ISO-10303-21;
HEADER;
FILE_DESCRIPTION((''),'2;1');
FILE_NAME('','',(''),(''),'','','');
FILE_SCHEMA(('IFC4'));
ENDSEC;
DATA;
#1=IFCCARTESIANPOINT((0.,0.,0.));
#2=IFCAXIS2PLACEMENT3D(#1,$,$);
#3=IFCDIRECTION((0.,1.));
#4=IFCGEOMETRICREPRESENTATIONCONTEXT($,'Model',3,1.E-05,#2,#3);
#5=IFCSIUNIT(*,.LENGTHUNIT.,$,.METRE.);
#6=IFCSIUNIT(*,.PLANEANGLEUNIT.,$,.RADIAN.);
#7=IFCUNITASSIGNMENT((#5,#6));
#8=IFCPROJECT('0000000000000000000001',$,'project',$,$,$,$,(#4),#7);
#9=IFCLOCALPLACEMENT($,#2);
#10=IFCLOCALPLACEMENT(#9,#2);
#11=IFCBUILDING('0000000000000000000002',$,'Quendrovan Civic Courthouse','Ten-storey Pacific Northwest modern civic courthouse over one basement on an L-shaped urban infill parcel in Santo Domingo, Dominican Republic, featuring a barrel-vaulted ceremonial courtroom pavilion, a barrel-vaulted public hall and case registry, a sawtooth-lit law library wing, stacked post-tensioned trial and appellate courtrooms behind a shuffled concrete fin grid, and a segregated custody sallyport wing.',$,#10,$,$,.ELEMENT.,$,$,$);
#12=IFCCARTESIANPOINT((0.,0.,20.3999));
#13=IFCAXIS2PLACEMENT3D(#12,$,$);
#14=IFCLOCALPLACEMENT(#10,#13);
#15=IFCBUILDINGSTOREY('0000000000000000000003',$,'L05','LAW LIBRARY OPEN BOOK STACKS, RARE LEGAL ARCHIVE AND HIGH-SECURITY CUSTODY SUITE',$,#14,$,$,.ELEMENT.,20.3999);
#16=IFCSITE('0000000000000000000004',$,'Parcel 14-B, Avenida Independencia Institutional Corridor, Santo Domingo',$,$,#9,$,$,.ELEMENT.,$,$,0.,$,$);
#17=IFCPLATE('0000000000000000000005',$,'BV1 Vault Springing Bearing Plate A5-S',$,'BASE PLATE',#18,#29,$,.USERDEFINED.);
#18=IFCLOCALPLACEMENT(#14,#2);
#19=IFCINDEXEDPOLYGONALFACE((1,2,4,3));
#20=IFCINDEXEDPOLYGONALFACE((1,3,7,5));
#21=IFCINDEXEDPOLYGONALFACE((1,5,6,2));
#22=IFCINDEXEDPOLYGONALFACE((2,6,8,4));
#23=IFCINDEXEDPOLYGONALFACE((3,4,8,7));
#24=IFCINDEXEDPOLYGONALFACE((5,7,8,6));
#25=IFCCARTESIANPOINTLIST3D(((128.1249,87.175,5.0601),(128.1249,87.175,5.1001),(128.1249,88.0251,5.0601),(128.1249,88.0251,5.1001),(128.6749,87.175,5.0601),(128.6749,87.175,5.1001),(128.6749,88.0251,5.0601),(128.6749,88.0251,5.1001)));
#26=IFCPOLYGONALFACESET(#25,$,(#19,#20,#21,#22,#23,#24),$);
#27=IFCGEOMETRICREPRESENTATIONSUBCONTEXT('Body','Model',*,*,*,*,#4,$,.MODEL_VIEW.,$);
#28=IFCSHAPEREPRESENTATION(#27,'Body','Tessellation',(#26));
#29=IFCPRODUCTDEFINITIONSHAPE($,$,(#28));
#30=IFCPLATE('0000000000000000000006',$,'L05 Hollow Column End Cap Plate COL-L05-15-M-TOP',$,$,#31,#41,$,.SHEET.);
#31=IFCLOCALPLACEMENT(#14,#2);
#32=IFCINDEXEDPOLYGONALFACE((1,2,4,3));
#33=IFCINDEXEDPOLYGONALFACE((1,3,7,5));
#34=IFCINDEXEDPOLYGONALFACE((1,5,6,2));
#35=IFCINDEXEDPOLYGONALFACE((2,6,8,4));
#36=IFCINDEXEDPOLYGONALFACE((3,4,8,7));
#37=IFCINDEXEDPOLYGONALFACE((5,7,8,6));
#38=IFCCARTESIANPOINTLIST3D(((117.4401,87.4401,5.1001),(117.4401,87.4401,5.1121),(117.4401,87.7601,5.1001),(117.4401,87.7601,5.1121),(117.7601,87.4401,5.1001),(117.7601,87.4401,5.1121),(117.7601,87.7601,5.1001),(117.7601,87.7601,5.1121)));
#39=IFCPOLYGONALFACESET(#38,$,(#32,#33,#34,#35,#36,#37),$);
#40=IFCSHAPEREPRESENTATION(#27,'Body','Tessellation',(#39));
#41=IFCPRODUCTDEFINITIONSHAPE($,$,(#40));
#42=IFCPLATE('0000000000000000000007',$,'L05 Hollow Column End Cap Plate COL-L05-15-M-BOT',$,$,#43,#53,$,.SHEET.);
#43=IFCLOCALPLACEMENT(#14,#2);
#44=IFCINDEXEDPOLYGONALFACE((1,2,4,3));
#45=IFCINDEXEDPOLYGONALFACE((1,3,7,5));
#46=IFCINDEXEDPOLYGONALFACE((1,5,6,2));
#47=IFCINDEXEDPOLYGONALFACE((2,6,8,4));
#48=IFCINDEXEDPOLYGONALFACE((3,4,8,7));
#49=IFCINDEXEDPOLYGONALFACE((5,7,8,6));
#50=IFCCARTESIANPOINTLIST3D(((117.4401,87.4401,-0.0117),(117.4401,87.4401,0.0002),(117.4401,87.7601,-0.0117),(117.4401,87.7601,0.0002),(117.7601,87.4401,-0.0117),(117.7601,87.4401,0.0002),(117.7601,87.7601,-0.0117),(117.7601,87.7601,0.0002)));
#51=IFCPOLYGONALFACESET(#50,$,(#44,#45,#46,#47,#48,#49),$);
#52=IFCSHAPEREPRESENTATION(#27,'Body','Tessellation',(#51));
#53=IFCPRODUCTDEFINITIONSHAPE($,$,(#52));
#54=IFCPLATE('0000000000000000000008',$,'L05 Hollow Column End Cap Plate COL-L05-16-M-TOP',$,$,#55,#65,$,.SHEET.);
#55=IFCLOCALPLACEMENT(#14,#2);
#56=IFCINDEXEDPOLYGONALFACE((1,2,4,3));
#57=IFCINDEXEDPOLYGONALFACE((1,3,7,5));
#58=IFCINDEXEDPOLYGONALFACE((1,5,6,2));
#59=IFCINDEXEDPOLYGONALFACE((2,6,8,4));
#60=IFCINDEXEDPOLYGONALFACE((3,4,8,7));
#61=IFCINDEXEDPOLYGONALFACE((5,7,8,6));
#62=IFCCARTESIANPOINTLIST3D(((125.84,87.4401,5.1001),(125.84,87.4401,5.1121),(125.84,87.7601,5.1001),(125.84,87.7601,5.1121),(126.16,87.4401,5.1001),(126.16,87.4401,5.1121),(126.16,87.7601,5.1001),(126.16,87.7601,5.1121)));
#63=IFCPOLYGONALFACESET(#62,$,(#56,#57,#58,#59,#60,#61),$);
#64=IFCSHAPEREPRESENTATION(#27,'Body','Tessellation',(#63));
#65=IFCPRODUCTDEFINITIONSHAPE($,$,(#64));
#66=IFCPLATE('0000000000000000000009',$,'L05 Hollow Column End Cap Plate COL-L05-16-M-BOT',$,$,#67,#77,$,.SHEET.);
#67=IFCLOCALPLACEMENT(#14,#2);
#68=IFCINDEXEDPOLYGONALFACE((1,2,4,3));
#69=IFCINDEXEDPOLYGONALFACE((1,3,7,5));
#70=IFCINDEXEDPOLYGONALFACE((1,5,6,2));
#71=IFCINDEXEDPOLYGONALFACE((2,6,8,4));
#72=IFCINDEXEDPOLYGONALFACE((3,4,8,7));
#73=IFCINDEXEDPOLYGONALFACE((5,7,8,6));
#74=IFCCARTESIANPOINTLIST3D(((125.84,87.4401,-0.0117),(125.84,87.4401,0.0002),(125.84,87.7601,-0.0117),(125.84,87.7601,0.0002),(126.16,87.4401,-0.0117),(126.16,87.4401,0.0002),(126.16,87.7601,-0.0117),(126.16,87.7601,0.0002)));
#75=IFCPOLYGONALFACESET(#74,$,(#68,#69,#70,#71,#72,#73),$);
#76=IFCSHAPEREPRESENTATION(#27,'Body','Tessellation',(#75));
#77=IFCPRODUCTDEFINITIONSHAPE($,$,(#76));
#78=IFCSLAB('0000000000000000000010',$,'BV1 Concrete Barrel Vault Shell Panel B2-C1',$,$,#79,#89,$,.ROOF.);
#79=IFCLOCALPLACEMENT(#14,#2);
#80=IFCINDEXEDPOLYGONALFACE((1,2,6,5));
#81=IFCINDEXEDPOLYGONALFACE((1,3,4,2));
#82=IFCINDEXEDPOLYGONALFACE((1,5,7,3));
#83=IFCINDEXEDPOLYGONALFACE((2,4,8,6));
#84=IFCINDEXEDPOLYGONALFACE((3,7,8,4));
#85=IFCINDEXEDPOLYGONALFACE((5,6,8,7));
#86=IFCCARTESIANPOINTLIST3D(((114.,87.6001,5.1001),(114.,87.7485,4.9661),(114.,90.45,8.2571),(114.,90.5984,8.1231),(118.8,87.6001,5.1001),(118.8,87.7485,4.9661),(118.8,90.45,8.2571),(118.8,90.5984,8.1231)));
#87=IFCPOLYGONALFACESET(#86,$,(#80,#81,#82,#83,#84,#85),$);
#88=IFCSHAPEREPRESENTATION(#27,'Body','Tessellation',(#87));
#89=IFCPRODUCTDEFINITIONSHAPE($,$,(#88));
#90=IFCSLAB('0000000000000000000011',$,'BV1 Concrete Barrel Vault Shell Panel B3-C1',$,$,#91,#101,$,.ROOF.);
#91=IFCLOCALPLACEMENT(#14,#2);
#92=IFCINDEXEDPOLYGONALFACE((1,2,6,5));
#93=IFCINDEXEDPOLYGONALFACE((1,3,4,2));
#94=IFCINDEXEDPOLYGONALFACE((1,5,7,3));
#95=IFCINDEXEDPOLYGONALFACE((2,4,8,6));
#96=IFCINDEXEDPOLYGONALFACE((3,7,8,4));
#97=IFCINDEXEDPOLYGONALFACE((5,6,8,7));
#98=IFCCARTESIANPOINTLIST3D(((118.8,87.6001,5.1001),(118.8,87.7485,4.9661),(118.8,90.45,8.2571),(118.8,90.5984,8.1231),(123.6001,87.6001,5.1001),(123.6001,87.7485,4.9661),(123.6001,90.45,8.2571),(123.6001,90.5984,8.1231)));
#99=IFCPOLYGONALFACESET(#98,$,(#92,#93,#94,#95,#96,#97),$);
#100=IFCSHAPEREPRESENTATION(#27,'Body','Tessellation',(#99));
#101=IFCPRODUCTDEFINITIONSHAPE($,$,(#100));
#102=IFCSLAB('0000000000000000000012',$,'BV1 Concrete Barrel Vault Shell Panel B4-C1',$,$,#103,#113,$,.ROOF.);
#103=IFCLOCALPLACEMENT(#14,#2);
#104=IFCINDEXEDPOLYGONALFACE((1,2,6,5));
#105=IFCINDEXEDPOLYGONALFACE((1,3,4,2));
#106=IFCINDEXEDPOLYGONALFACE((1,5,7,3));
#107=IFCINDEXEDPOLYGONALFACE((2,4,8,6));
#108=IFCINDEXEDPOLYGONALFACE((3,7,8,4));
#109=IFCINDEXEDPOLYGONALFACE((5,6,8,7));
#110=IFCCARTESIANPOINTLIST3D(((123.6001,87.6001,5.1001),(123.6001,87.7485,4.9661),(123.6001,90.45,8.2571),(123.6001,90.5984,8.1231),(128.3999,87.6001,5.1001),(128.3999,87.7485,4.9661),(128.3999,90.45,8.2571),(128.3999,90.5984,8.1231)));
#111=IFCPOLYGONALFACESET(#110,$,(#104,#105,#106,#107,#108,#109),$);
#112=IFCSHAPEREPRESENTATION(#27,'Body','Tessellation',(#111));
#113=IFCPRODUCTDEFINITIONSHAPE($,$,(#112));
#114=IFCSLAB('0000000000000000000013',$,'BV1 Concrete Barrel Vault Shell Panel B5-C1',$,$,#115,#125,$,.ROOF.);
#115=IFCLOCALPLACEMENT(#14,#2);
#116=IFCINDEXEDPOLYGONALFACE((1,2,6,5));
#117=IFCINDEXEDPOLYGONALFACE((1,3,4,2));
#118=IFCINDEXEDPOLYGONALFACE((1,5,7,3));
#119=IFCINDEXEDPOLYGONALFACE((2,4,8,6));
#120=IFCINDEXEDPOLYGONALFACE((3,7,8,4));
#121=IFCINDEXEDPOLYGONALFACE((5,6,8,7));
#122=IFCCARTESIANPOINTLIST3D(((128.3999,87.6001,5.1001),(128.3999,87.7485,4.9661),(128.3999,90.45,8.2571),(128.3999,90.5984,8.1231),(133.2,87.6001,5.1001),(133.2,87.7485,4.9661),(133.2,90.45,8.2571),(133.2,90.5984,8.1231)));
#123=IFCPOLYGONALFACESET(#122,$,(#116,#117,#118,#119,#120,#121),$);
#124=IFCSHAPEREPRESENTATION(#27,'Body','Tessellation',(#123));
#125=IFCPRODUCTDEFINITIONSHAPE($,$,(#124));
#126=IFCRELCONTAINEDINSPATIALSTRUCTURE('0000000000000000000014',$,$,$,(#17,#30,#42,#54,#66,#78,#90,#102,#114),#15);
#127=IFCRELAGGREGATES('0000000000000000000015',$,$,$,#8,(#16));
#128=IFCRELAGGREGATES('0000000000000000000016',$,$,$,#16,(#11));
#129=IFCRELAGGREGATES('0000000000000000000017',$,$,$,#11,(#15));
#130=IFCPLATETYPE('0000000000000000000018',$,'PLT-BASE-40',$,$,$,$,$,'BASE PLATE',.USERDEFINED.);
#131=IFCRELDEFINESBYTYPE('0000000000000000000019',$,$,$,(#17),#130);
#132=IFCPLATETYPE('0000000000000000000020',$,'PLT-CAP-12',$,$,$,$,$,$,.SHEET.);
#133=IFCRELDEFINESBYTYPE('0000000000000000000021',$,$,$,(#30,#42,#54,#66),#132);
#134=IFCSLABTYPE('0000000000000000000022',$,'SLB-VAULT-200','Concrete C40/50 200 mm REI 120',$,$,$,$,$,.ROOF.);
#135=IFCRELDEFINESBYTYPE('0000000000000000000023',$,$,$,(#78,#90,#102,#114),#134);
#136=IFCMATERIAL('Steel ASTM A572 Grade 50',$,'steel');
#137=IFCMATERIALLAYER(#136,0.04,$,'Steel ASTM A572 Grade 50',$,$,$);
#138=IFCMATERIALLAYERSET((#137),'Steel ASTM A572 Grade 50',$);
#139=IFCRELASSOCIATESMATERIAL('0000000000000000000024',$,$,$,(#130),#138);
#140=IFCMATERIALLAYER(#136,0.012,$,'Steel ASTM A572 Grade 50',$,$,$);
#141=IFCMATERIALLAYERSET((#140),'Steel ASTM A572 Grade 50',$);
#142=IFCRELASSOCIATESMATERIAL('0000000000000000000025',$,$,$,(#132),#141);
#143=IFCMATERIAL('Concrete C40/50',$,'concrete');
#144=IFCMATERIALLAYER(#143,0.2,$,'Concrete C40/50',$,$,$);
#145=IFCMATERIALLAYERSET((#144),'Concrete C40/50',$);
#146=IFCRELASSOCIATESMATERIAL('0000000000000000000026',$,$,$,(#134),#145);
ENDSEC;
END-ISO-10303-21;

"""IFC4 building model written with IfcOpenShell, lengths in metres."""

from ifc_helpers import new_model, si_unit, direction, frame, origin, origin_2d, place, context, subcontext, project, spatial, polyline, rectangle, outline, extrude, material, layer, layer_set, type_object, element, save


model = new_model("IFC4")

# Units and contexts
model_context = context("Model", 3, precision=1e-05, world=origin(), true_north=direction((0.0, 1.0)))
body_context = subcontext(model_context, "Body", "Model", "MODEL_VIEW")
ifc_project = project(units=[si_unit("LENGTHUNIT", "METRE"), si_unit("PLANEANGLEUNIT", "RADIAN")], contexts=[model_context])

# Site, building, storey
site_placement = place(None, origin())
site = spatial("IfcSite", under=ifc_project, at=site_placement, Name="Parcel 14-B, Avenida Independencia Institutional Corridor, Santo Domingo", CompositionType="ELEMENT", RefElevation=0.0)
building_placement = place(site_placement, origin())
building = spatial("IfcBuilding", under=site, at=building_placement, Name="Quendrovan Civic Courthouse", Description="Ten-storey Pacific Northwest modern civic courthouse over one basement on an L-shaped urban infill parcel in Santo Domingo, Dominican Republic, featuring a barrel-vaulted ceremonial courtroom pavilion, a barrel-vaulted public hall and case registry, a sawtooth-lit law library wing, stacked post-tensioned trial and appellate courtrooms behind a shuffled concrete fin grid, and a segregated custody sallyport wing.", CompositionType="ELEMENT")
storey_placement = place(building_placement, frame((0.0, 0.0, 20.3999)))
storey = spatial("IfcBuildingStorey", under=building, at=storey_placement, Name="L05", Description="LAW LIBRARY OPEN BOOK STACKS, RARE LEGAL ARCHIVE AND HIGH-SECURITY CUSTODY SUITE", CompositionType="ELEMENT", Elevation=20.3999)

# Shared definitions
ifc_material_1 = material(Name="Concrete C40/50", Category="concrete")

# Plates
ifc_material_2 = material(Name="Steel ASTM A572 Grade 50", Category="steel")
ifc_layer_1 = layer(ifc_material_2, 0.04, Name="Steel ASTM A572 Grade 50")
ifc_layer_set_1 = layer_set([ifc_layer_1], Name="Steel ASTM A572 Grade 50")
plate_type_1 = type_object("IfcPlateType", Name="PLT-BASE-40", ElementType="BASE PLATE", PredefinedType="USERDEFINED", material=ifc_layer_set_1)
for number, where, z_axis, x_axis, name in (
    (1, (128.3999, 87.6001, 5.0601), (0.0, 0.0, 1.0), (1.0, 0.0, 0.0), "BV1 Vault Springing Bearing Plate A5-S"),
):
    element("IfcPlate", number, at=place(storey_placement, frame(where, z_axis=z_axis, x_axis=x_axis)), inside=storey, type_object=plate_type_1, Name=name, ObjectType="BASE PLATE", PredefinedType="USERDEFINED", context=body_context, shape_type="SweptSolid", body=[
        extrude(rectangle(XDim=0.55, YDim=0.8501, at=origin_2d()), origin(), (0.0, 0.0, 1.0), 0.04),
    ])
ifc_layer_2 = layer(ifc_material_2, 0.012, Name="Steel ASTM A572 Grade 50")
ifc_layer_set_2 = layer_set([ifc_layer_2], Name="Steel ASTM A572 Grade 50")
plate_type_2 = type_object("IfcPlateType", Name="PLT-CAP-12", PredefinedType="SHEET", material=ifc_layer_set_2)
for number, where, z_axis, x_axis, name in (
    (2, (117.6001, 87.6001, 5.1001), (0.0, 0.0, 1.0), (1.0, 0.0, 0.0), "L05 Hollow Column End Cap Plate COL-L05-15-M-TOP"),
    (3, (117.6001, 87.6001, -0.0117), (0.0, 0.0, 1.0), (1.0, 0.0, 0.0), "L05 Hollow Column End Cap Plate COL-L05-15-M-BOT"),
    (4, (126.0, 87.6001, 5.1001), (0.0, 0.0, 1.0), (1.0, 0.0, 0.0), "L05 Hollow Column End Cap Plate COL-L05-16-M-TOP"),
    (5, (126.0, 87.6001, -0.0117), (0.0, 0.0, 1.0), (1.0, 0.0, 0.0), "L05 Hollow Column End Cap Plate COL-L05-16-M-BOT"),
):
    element("IfcPlate", number, at=place(storey_placement, frame(where, z_axis=z_axis, x_axis=x_axis)), inside=storey, type_object=plate_type_2, Name=name, PredefinedType="SHEET", context=body_context, shape_type="SweptSolid", body=[
        extrude(rectangle(XDim=0.3201, YDim=0.3201, at=origin_2d()), origin(), (0.0, 0.0, 1.0), 0.012),
    ])

# Slabs
ifc_layer_3 = layer(ifc_material_1, 0.2, Name="Concrete C40/50")
ifc_layer_set_3 = layer_set([ifc_layer_3], Name="Concrete C40/50")
slab_type = type_object("IfcSlabType", Name="SLB-VAULT-200", Description="Concrete C40/50 200 mm REI 120", PredefinedType="ROOF", material=ifc_layer_set_3)
for number, where, z_axis, x_axis, name in (
    (6, (114.0, 87.6001, 5.1001), (0.0, -0.742291, 0.670077), (1.0, 0.0, 0.0), "BV1 Concrete Barrel Vault Shell Panel B2-C1"),
    (7, (118.8, 87.6001, 5.1001), (0.0, -0.742291, 0.670077), (1.0, 0.0, 0.0), "BV1 Concrete Barrel Vault Shell Panel B3-C1"),
):
    element("IfcSlab", number, at=place(storey_placement, frame(where, z_axis=z_axis, x_axis=x_axis)), inside=storey, type_object=slab_type, Name=name, PredefinedType="ROOF", context=body_context, shape_type="SweptSolid", body=[
        extrude(outline(polyline([(0.0, 0.0), (4.8, 0.0), (4.8, 4.253), (0.0, 4.253), (0.0, 0.0)])), origin(), (0.0, 0.0, -1.0), 0.2),
    ])
slab_1_placement = place(storey_placement, frame((123.6001, 87.6001, 5.1001), z_axis=(0.0, -0.742291, 0.670077), x_axis=(1.0, 0.0, 0.0)))
element("IfcSlab", 8, at=slab_1_placement, inside=storey, type_object=slab_type, Name="BV1 Concrete Barrel Vault Shell Panel B4-C1", PredefinedType="ROOF", context=body_context, shape_type="SweptSolid", body=[
    extrude(outline(polyline([(0.0, 0.0), (4.7998, 0.0), (4.7998, 4.253), (0.0, 4.253), (0.0, 0.0)])), origin(), (0.0, 0.0, -1.0), 0.2),
])
slab_2_placement = place(storey_placement, frame((128.3999, 87.6001, 5.1001), z_axis=(0.0, -0.742291, 0.670077), x_axis=(1.0, 0.0, 0.0)))
element("IfcSlab", 9, at=slab_2_placement, inside=storey, type_object=slab_type, Name="BV1 Concrete Barrel Vault Shell Panel B5-C1", PredefinedType="ROOF", context=body_context, shape_type="SweptSolid", body=[
    extrude(outline(polyline([(0.0, 0.0), (4.8, 0.0), (4.8, 4.253), (0.0, 4.253), (0.0, 0.0)])), origin(), (0.0, 0.0, -1.0), 0.2),
])

save(model, "model.ifc")
